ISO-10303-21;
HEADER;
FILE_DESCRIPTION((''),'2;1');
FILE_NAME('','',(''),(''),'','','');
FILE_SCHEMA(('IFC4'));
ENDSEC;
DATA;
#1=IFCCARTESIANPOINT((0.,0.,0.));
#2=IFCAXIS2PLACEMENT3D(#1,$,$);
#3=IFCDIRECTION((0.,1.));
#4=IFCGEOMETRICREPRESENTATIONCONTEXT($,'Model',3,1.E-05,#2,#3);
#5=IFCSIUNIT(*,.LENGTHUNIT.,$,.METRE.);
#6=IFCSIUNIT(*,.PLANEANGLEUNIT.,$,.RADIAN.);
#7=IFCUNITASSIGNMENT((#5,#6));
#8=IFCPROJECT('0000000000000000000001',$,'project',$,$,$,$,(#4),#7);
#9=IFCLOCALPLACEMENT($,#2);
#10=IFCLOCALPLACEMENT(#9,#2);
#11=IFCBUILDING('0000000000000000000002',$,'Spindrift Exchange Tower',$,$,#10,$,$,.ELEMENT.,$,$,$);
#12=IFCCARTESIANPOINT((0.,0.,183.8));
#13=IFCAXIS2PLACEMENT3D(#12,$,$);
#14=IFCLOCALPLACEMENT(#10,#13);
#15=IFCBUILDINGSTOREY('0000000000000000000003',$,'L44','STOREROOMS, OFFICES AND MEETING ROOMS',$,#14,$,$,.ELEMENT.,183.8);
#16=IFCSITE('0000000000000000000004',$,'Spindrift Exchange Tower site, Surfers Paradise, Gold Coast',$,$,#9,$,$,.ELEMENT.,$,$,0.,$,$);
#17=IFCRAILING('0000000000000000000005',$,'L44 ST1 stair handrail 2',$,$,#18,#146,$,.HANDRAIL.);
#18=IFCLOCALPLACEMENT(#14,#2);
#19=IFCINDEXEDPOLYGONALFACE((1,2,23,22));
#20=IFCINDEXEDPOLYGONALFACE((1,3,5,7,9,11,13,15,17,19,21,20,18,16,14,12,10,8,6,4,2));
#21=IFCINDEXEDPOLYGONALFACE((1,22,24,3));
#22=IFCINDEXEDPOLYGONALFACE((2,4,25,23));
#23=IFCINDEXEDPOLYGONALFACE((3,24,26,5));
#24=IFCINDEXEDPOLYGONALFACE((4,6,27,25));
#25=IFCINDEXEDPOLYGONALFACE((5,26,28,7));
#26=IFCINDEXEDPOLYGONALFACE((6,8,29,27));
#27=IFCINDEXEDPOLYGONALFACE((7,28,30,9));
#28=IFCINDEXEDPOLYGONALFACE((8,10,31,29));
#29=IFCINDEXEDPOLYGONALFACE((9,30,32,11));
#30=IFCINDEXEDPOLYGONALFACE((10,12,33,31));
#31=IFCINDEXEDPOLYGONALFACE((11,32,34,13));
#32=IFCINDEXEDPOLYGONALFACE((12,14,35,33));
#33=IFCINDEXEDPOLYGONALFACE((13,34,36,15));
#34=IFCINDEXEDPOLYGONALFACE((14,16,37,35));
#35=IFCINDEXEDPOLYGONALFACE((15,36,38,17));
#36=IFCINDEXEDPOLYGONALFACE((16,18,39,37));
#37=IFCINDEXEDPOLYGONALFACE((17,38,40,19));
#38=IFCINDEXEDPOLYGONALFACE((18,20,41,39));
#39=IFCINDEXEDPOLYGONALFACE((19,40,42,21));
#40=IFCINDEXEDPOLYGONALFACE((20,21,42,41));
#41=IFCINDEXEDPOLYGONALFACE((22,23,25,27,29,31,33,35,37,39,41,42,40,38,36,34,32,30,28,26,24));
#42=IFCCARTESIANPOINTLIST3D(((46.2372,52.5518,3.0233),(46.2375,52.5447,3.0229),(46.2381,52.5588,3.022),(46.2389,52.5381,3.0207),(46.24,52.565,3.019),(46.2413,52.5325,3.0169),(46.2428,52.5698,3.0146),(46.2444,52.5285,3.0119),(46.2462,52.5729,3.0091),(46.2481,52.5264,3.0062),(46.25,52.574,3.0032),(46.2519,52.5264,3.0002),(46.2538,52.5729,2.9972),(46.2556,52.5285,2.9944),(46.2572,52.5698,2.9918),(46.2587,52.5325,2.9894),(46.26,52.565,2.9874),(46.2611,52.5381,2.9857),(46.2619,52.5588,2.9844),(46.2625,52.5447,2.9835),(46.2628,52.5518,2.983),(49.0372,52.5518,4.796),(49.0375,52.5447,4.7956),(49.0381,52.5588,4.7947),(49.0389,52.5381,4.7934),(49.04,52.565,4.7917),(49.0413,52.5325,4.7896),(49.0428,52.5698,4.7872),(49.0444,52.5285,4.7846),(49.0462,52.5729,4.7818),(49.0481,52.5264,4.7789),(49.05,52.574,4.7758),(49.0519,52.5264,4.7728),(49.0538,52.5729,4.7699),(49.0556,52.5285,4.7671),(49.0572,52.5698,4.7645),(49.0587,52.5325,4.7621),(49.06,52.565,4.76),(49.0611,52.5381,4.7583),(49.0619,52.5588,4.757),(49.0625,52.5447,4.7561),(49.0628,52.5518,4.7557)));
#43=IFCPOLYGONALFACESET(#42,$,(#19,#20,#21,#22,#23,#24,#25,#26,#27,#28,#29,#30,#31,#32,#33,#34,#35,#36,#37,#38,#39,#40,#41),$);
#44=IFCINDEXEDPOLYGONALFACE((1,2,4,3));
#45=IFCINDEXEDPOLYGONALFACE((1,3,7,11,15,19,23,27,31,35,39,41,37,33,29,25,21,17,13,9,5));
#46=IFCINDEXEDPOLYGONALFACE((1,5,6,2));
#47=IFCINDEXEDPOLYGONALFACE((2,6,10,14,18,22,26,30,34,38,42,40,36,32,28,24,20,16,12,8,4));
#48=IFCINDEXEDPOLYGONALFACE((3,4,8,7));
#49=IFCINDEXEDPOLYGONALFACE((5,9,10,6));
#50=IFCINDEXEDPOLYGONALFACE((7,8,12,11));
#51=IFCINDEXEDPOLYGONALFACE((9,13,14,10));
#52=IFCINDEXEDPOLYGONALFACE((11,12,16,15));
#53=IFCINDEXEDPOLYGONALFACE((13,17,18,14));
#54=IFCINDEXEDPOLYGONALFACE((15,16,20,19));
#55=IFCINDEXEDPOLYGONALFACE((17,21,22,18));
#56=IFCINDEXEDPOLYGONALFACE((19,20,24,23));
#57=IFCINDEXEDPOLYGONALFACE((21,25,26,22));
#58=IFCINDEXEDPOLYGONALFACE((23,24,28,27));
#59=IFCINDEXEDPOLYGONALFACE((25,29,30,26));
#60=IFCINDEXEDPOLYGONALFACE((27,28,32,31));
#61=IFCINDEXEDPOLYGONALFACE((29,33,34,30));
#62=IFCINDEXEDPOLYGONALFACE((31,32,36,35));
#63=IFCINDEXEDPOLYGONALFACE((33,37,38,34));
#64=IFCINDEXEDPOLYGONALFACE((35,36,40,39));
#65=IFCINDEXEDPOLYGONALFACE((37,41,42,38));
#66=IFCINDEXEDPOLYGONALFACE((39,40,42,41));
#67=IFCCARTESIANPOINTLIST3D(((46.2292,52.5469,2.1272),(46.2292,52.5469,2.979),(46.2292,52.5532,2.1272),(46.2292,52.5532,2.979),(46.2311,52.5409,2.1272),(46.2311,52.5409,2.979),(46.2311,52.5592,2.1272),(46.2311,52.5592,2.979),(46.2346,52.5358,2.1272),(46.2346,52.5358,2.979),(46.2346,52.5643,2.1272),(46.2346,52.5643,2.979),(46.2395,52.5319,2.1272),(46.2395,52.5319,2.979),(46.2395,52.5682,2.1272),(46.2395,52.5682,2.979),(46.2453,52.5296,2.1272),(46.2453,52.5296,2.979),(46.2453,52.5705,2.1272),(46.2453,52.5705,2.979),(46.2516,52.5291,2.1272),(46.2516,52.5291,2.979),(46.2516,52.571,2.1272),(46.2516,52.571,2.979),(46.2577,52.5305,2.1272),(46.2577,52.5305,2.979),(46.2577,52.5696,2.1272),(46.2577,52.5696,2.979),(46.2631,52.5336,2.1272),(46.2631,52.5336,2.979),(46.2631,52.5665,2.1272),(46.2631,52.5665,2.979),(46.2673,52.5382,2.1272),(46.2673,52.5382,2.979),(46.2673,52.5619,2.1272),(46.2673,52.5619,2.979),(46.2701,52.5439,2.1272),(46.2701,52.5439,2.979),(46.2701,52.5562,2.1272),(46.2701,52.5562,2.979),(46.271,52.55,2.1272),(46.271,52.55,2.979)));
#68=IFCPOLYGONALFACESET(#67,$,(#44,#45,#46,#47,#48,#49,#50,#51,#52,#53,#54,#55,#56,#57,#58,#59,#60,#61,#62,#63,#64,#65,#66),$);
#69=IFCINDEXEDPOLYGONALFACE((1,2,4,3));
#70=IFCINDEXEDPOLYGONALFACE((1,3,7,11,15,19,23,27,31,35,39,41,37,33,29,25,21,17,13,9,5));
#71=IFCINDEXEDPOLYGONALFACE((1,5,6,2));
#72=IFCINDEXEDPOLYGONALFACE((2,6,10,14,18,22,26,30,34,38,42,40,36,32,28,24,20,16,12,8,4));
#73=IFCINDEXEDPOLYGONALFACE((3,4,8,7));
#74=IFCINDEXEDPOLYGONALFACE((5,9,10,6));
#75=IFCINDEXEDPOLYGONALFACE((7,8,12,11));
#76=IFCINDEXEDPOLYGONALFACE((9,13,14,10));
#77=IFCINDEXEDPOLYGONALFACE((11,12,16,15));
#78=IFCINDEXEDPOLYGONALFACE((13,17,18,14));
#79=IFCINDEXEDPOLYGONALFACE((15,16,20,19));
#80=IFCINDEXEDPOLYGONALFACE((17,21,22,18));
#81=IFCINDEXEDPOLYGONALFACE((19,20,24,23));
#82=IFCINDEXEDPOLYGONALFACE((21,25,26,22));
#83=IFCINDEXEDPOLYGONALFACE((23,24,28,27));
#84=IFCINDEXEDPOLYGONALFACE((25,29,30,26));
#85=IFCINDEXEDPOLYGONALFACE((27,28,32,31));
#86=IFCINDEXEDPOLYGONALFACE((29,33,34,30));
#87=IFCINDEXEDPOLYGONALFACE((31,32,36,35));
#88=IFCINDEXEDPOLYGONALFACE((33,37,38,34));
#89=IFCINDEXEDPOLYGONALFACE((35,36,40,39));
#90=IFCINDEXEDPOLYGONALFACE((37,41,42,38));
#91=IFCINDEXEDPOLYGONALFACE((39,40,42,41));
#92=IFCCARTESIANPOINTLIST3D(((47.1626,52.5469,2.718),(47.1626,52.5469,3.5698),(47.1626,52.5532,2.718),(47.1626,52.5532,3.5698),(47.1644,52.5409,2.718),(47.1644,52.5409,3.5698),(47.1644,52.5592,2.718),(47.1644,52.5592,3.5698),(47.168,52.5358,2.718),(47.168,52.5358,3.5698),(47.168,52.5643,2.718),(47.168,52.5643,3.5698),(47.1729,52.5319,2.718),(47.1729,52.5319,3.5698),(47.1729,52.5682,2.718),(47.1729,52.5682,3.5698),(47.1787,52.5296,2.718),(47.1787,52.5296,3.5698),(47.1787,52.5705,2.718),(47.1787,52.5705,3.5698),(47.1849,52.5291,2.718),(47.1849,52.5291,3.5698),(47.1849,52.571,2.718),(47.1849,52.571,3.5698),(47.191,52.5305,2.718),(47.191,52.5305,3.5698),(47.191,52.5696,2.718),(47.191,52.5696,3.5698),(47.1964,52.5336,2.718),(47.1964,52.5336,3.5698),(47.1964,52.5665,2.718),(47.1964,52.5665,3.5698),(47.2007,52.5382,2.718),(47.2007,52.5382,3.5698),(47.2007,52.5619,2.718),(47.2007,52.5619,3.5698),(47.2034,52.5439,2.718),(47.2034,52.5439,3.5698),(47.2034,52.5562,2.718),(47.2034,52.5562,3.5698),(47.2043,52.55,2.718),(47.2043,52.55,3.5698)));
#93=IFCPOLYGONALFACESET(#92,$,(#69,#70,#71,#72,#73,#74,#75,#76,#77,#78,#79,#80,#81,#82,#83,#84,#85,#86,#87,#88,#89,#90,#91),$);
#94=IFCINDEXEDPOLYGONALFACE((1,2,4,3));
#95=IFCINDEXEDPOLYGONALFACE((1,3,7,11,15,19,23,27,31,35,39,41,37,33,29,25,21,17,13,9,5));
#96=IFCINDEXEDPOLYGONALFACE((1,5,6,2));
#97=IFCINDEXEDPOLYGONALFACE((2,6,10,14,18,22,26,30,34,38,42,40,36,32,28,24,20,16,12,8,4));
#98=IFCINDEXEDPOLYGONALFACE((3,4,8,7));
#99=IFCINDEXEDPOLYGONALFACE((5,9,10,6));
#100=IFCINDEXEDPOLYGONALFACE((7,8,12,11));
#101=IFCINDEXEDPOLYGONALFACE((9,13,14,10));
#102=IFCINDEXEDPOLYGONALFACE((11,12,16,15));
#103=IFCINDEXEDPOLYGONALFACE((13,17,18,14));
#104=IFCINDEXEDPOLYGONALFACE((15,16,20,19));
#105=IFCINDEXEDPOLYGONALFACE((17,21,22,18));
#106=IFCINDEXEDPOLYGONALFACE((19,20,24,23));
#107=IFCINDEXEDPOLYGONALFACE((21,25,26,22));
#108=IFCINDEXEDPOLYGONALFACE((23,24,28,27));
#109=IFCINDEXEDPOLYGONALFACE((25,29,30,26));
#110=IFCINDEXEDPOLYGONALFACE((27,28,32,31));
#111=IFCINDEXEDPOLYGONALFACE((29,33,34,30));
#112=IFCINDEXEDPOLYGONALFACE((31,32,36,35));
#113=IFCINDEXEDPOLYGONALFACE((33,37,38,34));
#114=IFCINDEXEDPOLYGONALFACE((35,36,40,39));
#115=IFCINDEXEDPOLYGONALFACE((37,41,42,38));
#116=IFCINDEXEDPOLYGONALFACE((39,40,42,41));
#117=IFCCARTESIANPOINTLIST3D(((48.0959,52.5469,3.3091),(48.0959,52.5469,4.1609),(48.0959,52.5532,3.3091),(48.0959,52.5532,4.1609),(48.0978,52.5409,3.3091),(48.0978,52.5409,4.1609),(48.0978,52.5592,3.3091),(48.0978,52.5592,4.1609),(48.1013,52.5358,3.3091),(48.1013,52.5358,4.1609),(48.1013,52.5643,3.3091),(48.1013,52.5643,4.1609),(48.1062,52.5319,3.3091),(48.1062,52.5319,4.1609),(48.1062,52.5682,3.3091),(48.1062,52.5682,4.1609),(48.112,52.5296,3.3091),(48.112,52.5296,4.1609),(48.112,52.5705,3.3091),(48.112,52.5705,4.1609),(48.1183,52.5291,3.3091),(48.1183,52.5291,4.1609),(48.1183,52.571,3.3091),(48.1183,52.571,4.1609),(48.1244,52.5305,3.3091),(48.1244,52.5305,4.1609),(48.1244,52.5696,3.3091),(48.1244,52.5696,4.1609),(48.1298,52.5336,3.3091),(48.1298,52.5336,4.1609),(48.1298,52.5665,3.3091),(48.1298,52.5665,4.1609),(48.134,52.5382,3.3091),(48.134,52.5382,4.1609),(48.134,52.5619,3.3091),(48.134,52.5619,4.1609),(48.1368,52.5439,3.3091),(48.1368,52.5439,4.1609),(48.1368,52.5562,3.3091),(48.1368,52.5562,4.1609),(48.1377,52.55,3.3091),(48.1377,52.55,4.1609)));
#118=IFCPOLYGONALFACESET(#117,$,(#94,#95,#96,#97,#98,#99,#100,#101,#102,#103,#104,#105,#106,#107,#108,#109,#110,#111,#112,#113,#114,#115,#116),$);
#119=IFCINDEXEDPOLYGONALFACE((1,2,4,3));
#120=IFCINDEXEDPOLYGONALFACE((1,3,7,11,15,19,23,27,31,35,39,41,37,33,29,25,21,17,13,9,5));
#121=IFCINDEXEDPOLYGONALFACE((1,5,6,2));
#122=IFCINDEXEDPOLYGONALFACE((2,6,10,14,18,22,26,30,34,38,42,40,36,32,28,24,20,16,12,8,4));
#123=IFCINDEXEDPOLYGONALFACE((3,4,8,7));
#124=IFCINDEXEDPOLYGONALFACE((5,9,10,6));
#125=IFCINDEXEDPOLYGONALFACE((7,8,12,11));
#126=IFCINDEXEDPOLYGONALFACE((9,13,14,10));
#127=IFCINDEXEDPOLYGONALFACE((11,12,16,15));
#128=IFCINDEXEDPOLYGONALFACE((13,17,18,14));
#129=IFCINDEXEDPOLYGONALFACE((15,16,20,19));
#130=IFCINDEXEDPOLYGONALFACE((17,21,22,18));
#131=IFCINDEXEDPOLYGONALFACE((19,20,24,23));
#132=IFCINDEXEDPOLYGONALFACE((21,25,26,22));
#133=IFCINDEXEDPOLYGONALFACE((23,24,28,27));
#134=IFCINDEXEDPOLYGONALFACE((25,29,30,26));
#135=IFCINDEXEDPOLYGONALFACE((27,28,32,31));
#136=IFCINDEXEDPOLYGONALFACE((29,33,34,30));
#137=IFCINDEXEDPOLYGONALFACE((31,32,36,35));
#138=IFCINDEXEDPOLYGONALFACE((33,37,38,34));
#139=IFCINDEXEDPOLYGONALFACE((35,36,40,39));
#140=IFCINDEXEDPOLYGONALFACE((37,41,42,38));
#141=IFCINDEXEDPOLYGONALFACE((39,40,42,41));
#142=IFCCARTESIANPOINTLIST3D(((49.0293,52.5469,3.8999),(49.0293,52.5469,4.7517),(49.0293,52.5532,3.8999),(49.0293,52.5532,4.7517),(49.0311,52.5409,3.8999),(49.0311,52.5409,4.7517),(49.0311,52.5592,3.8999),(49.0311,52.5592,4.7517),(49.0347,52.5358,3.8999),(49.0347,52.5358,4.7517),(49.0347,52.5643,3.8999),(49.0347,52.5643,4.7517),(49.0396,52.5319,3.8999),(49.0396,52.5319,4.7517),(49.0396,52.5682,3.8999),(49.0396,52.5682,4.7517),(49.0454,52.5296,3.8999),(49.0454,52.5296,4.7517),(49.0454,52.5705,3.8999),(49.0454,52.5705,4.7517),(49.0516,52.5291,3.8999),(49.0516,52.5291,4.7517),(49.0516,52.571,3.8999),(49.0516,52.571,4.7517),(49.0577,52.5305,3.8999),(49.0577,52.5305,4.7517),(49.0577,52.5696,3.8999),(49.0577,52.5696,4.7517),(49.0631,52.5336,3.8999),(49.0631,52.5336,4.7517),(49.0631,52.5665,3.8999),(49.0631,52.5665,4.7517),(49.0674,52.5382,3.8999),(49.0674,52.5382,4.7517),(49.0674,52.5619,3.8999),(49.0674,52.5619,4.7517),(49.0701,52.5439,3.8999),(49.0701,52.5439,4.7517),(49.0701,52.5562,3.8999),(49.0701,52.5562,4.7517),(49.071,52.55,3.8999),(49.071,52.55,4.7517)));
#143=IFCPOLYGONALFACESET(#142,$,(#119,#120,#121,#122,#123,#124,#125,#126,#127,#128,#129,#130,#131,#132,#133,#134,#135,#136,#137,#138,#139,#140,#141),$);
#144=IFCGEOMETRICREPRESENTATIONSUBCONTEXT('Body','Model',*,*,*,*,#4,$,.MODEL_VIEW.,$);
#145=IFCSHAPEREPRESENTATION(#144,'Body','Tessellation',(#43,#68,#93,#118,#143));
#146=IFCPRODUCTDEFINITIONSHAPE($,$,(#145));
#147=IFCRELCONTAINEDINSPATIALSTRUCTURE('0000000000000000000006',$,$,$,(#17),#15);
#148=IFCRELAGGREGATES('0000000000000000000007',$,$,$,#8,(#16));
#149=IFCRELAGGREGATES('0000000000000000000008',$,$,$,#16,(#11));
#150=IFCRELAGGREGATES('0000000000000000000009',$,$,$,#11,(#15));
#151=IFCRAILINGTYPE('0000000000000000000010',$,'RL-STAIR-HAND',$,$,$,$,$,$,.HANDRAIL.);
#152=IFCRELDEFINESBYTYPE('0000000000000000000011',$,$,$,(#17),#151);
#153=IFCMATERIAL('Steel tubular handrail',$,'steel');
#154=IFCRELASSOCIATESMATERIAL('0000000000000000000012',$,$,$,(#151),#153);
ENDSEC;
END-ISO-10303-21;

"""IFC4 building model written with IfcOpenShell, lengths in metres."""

from ifc_helpers import new_model, si_unit, direction, frame, origin, origin_2d, place, context, subcontext, project, spatial, circle, extrude, material, type_object, element, save


model = new_model("IFC4")

# Units and contexts
model_context = context("Model", 3, precision=1e-05, world=origin(), true_north=direction((0.0, 1.0)))
body_context = subcontext(model_context, "Body", "Model", "MODEL_VIEW")
ifc_project = project(units=[si_unit("LENGTHUNIT", "METRE"), si_unit("PLANEANGLEUNIT", "RADIAN")], contexts=[model_context])

# Site, building, storey
site_placement = place(None, origin())
site = spatial("IfcSite", under=ifc_project, at=site_placement, Name="Spindrift Exchange Tower site, Surfers Paradise, Gold Coast", CompositionType="ELEMENT", RefElevation=0.0)
building_placement = place(site_placement, origin())
building = spatial("IfcBuilding", under=site, at=building_placement, Name="Spindrift Exchange Tower", CompositionType="ELEMENT")
storey_placement = place(building_placement, frame((0.0, 0.0, 183.8)))
storey = spatial("IfcBuildingStorey", under=building, at=storey_placement, Name="L44", Description="STOREROOMS, OFFICES AND MEETING ROOMS", CompositionType="ELEMENT", Elevation=183.8)

# Railing
ifc_material_1 = material(Name="Steel tubular handrail", Category="steel")
railing_type_1 = type_object("IfcRailingType", Name="RL-STAIR-HAND", PredefinedType="HANDRAIL", material=ifc_material_1)
railing_1_placement = place(storey_placement, frame((46.25, 52.55, 2.1272)))
element("IfcRailing", 1, at=railing_1_placement, inside=storey, type_object=railing_type_1, Name="L44 ST1 stair handrail 2", PredefinedType="HANDRAIL", context=body_context, shape_type="SweptSolid", body=[
    extrude(circle(Radius=0.0239, at=origin_2d()), frame((0.0, 0.0, 0.876), z_axis=(0.844909, 0.0, 0.53491), x_axis=(0.0, 1.0, 0.0)), (0.0, 0.0, 1.0), 3.314),
    extrude(circle(Radius=0.021, at=origin_2d()), origin(), (0.0, 0.0, 1.0), 0.8518),
    extrude(circle(Radius=0.021, at=origin_2d()), frame((0.9333, 0.0, 0.5908)), (0.0, 0.0, 1.0), 0.8518),
    extrude(circle(Radius=0.021, at=origin_2d()), frame((1.8667, 0.0, 1.1819)), (0.0, 0.0, 1.0), 0.8518),
    extrude(circle(Radius=0.021, at=origin_2d()), frame((2.8, 0.0, 1.7727)), (0.0, 0.0, 1.0), 0.8518),
])

save(model, "model.ifc")
